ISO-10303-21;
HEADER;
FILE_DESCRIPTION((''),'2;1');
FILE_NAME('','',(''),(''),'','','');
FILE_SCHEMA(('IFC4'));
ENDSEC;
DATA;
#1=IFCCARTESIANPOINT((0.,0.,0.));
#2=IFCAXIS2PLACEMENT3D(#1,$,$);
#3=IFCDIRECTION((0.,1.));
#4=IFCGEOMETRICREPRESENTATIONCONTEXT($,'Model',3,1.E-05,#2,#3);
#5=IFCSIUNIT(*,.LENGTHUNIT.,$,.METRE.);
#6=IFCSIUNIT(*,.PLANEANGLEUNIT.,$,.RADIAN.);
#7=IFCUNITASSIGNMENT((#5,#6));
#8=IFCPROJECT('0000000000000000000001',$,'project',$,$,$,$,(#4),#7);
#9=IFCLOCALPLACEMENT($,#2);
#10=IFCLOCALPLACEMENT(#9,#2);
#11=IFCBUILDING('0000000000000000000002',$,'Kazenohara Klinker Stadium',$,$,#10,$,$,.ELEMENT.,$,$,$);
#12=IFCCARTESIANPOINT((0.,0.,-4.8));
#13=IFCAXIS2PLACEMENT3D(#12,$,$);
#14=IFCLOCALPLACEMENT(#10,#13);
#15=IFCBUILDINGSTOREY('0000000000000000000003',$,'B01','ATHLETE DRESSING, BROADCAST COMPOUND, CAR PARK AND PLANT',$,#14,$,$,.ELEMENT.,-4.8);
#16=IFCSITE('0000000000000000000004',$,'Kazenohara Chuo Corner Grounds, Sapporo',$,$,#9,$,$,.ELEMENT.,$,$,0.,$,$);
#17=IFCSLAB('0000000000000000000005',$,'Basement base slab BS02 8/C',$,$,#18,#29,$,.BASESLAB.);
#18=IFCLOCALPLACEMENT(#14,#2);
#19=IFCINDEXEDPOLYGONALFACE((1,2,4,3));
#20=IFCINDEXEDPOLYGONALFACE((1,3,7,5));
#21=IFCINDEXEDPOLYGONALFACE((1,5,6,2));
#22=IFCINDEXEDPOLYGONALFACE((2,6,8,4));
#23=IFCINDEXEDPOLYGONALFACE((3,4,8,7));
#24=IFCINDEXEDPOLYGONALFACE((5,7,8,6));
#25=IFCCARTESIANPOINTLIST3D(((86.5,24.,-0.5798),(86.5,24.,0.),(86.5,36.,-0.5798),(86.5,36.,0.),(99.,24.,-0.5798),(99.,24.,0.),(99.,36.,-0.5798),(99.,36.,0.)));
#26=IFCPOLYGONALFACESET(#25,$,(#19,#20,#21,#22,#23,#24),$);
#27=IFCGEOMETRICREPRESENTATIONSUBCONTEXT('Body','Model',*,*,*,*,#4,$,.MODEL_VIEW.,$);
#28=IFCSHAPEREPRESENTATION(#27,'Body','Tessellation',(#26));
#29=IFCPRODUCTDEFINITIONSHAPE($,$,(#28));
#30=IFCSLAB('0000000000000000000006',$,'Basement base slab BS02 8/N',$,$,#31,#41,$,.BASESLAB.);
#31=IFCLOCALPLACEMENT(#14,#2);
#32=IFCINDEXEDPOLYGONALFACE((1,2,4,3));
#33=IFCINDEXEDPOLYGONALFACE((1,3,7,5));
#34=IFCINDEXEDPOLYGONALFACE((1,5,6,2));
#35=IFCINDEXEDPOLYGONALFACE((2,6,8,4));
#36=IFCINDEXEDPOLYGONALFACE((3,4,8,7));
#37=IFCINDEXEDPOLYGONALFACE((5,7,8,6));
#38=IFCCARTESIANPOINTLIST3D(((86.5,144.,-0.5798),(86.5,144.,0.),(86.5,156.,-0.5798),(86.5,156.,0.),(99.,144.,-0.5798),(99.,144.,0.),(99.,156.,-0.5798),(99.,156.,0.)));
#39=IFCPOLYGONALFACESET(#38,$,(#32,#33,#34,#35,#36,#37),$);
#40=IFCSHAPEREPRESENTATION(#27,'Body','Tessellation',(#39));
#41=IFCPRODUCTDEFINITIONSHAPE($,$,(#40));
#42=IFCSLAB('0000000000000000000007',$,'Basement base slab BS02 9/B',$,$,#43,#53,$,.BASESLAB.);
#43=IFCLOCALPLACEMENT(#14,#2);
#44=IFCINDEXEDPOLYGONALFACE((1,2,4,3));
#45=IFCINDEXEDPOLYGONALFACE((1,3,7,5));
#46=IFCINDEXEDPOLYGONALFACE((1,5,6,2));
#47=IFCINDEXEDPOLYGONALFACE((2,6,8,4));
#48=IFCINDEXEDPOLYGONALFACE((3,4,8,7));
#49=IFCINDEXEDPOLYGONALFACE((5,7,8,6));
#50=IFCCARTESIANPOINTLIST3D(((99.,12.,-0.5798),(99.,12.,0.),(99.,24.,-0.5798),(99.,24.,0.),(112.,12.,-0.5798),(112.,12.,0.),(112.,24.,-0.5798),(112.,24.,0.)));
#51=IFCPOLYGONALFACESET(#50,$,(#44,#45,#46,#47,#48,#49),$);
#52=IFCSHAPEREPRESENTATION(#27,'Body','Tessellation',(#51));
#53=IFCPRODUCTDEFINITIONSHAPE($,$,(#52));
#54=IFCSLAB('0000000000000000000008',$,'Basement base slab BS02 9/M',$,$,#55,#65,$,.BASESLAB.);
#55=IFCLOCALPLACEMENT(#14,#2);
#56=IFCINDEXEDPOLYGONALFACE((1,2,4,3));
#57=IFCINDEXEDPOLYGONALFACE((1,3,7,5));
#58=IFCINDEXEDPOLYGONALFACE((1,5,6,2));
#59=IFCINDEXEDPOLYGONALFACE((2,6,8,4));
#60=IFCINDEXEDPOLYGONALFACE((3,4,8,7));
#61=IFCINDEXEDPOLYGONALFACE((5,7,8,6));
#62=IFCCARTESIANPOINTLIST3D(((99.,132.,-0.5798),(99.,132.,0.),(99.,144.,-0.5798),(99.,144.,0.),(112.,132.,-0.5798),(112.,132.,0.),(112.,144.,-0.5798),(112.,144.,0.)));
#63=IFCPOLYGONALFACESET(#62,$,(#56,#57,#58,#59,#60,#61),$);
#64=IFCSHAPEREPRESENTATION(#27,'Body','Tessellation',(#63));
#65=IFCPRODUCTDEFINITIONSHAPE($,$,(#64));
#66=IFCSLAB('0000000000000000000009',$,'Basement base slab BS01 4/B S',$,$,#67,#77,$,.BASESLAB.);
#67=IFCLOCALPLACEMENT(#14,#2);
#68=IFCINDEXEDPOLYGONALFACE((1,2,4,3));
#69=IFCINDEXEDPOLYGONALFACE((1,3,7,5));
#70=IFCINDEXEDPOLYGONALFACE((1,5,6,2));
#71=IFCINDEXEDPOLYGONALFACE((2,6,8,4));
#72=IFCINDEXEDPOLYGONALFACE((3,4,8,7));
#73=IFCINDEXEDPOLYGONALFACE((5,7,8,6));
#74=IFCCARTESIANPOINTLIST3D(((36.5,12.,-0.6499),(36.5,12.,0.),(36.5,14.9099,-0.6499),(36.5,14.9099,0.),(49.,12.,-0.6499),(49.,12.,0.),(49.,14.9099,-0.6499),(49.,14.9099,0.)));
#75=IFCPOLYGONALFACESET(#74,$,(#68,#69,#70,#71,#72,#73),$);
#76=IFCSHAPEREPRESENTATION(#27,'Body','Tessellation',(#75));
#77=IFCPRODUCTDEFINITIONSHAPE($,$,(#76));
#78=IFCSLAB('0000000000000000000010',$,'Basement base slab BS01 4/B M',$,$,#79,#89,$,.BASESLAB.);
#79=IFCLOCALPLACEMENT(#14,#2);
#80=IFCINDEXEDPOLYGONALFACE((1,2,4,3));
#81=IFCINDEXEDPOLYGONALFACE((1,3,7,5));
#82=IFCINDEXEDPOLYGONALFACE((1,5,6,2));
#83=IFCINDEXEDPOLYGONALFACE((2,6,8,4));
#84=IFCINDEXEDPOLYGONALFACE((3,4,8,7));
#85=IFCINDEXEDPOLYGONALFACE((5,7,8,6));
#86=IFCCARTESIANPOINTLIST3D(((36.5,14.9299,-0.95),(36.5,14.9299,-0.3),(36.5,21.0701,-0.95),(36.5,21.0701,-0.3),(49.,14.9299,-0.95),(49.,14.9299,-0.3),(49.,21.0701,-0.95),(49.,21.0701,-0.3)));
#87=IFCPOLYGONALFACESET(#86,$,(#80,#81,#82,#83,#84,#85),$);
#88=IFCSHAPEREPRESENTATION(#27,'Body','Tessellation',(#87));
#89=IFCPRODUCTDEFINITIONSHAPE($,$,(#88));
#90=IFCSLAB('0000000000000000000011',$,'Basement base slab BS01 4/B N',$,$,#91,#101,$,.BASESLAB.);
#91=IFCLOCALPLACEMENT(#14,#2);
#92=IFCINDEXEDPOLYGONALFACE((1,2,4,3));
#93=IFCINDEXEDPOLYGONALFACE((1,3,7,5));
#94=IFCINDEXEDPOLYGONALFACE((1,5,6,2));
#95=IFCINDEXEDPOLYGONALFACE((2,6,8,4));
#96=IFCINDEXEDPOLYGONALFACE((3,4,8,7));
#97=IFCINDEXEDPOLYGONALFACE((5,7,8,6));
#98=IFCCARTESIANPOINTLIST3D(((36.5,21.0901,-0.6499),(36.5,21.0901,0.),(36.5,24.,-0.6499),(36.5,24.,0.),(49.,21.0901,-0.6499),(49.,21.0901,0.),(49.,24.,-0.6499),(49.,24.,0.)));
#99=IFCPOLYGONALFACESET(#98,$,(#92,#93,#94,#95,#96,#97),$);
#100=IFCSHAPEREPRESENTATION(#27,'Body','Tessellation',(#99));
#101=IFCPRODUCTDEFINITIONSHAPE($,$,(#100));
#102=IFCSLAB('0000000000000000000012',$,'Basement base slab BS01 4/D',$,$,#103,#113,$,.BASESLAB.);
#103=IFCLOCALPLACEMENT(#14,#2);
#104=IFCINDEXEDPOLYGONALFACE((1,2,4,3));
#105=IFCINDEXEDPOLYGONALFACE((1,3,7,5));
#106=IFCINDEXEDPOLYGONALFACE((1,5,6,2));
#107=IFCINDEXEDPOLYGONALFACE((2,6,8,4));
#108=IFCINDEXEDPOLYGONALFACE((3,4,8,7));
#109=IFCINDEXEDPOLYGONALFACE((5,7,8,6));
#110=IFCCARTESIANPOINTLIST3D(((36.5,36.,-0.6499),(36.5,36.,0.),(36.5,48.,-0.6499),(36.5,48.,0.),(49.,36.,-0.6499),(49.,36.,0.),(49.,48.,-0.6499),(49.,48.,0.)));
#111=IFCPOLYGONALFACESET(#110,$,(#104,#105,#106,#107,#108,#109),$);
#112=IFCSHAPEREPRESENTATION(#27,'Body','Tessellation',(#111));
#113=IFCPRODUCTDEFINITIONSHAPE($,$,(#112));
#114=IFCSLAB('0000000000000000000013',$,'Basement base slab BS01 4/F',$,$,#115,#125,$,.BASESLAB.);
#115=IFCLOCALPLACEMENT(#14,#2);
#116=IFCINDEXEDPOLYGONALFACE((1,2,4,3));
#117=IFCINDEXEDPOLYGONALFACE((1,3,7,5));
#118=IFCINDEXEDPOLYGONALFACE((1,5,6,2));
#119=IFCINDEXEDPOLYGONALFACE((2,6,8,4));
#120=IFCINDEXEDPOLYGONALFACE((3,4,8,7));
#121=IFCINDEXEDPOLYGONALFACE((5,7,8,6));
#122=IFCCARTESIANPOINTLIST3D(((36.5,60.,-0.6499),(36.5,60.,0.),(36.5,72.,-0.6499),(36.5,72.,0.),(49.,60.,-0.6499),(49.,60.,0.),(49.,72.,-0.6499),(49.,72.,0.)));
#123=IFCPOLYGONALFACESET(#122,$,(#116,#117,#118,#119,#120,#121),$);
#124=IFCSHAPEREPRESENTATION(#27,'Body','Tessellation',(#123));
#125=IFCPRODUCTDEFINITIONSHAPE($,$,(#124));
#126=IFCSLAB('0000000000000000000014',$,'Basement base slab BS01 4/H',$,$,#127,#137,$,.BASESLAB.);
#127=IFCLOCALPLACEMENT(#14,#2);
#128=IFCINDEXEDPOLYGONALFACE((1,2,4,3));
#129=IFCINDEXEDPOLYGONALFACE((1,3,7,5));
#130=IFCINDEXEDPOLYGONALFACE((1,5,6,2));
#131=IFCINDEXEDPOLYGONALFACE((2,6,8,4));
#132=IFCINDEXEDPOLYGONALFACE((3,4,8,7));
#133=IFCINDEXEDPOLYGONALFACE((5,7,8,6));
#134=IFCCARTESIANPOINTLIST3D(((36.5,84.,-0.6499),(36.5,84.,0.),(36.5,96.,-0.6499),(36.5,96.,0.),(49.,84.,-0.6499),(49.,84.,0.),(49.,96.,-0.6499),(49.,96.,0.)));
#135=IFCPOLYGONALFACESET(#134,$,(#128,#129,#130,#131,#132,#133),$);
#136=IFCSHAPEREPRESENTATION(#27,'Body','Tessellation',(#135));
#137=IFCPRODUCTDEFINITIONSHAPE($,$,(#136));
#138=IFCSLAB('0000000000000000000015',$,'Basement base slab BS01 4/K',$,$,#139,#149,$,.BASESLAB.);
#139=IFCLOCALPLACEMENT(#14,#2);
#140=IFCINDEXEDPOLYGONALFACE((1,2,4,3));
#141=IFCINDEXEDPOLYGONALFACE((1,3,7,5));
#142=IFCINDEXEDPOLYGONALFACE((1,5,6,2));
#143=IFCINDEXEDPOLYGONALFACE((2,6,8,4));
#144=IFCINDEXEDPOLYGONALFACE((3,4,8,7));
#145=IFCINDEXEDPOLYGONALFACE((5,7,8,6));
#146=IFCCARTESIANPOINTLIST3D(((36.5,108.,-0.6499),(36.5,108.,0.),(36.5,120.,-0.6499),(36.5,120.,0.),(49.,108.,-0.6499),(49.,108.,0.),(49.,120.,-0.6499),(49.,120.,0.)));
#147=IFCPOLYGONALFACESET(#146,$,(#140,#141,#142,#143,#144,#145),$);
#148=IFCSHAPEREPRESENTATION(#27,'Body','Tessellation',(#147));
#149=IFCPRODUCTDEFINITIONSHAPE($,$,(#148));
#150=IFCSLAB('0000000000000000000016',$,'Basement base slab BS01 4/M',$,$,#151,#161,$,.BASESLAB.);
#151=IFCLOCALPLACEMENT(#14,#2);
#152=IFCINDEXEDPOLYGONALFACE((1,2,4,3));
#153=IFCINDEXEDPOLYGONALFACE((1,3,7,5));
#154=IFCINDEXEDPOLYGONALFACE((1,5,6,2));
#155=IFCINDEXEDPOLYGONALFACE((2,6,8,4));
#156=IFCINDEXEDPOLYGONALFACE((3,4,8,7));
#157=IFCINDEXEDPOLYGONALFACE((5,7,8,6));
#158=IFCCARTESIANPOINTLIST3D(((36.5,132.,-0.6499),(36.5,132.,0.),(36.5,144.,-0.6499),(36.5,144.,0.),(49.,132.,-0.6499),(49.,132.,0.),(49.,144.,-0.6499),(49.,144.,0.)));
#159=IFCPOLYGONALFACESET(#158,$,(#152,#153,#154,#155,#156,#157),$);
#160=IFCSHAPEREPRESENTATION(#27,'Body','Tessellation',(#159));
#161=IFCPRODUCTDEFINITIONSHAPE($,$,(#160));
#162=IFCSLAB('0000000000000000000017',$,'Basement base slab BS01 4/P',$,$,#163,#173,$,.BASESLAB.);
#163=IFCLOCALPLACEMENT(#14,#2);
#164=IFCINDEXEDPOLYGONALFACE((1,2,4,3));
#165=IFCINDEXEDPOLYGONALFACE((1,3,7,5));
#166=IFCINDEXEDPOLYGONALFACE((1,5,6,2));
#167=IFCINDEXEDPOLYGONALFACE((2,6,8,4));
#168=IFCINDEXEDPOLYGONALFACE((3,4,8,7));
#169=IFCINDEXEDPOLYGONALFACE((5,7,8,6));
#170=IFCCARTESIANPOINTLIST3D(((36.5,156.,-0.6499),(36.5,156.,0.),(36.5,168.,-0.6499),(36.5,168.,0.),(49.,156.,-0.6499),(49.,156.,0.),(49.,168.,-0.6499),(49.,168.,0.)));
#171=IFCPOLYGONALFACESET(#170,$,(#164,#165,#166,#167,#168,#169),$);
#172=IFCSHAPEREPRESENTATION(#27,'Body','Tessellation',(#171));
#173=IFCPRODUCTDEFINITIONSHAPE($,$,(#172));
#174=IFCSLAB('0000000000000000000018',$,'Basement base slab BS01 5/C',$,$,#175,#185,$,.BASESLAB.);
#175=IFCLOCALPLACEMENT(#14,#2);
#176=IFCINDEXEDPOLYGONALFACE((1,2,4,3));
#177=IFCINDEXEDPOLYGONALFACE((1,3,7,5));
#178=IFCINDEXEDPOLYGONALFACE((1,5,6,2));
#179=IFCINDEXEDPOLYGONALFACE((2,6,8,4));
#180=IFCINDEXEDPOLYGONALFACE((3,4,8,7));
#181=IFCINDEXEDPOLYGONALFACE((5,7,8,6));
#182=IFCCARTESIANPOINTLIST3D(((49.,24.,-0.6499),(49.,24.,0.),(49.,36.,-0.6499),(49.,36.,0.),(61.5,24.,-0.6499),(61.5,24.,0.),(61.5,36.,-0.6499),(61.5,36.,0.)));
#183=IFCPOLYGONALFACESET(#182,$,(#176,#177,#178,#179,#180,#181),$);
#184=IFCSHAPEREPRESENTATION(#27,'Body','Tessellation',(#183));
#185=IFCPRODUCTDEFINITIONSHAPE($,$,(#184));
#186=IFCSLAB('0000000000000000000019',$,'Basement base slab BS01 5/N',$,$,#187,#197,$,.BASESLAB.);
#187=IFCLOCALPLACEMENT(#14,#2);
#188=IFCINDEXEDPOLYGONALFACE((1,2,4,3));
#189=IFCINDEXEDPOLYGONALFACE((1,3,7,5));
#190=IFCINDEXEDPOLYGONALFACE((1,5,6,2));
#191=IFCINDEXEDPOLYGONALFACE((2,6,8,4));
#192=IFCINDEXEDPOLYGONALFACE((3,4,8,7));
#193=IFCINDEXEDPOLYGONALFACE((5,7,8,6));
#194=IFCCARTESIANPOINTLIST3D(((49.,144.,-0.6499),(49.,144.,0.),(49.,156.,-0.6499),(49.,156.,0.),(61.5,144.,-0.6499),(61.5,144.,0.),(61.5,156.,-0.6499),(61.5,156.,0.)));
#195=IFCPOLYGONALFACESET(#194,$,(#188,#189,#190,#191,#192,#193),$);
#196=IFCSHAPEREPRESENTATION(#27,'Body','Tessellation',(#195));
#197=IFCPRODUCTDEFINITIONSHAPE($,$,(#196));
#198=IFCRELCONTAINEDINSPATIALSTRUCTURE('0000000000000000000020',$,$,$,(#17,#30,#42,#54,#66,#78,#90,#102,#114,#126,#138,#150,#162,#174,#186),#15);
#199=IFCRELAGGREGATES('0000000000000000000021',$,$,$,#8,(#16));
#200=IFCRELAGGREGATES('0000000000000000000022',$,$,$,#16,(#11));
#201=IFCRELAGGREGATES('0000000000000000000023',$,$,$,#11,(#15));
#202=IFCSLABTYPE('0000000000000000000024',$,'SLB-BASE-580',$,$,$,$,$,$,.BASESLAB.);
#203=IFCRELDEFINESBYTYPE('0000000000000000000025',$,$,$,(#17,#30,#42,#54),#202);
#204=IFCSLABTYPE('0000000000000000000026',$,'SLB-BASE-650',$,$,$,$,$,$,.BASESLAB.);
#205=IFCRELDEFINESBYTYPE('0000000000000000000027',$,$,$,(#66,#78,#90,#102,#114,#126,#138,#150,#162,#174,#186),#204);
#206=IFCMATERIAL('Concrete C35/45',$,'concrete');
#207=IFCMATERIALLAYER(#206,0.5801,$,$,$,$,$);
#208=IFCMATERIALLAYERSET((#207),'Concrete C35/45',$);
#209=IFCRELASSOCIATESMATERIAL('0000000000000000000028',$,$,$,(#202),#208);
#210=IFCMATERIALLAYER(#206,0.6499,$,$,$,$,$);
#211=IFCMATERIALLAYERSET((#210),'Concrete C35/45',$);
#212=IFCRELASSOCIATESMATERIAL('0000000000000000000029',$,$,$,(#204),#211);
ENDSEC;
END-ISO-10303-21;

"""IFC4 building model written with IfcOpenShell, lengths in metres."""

from ifc_helpers import new_model, si_unit, direction, frame, origin, place, context, subcontext, project, spatial, polyline, outline, extrude, material, layer, layer_set, type_object, element, save


model = new_model("IFC4")

# Units and contexts
model_context = context("Model", 3, precision=1e-05, world=origin(), true_north=direction((0.0, 1.0)))
body_context = subcontext(model_context, "Body", "Model", "MODEL_VIEW")
ifc_project = project(units=[si_unit("LENGTHUNIT", "METRE"), si_unit("PLANEANGLEUNIT", "RADIAN")], contexts=[model_context])

# Site, building, storey
site_placement = place(None, origin())
site = spatial("IfcSite", under=ifc_project, at=site_placement, Name="Kazenohara Chuo Corner Grounds, Sapporo", CompositionType="ELEMENT", RefElevation=0.0)
building_placement = place(site_placement, origin())
building = spatial("IfcBuilding", under=site, at=building_placement, Name="Kazenohara Klinker Stadium", CompositionType="ELEMENT")
storey_placement = place(building_placement, frame((0.0, 0.0, -4.8)))
storey = spatial("IfcBuildingStorey", under=building, at=storey_placement, Name="B01", Description="ATHLETE DRESSING, BROADCAST COMPOUND, CAR PARK AND PLANT", CompositionType="ELEMENT", Elevation=-4.8)

# Slabs
ifc_material = material(Name="Concrete C35/45", Category="concrete")
ifc_layer_1 = layer(ifc_material, 0.5801)
ifc_layer_set_1 = layer_set([ifc_layer_1], Name="Concrete C35/45")
slab_type_1 = type_object("IfcSlabType", Name="SLB-BASE-580", PredefinedType="BASESLAB", material=ifc_layer_set_1)
slab_1_placement = place(storey_placement, frame((0.0, 0.0, -0.5798)))
element("IfcSlab", 1, at=slab_1_placement, inside=storey, type_object=slab_type_1, Name="Basement base slab BS02 8/C", PredefinedType="BASESLAB", context=body_context, shape_type="SweptSolid", body=[
    extrude(outline(polyline([(86.5, 24.0), (99.0, 24.0), (99.0, 36.0), (86.5, 36.0), (86.5, 24.0)])), origin(), (0.0, 0.0, 1.0), 0.5798),
])
slab_2_placement = place(storey_placement, frame((0.0, 0.0, -0.5798)))
element("IfcSlab", 2, at=slab_2_placement, inside=storey, type_object=slab_type_1, Name="Basement base slab BS02 8/N", PredefinedType="BASESLAB", context=body_context, shape_type="SweptSolid", body=[
    extrude(outline(polyline([(86.5, 144.0), (99.0, 144.0), (99.0, 156.0), (86.5, 156.0), (86.5, 144.0)])), origin(), (0.0, 0.0, 1.0), 0.5798),
])
slab_3_placement = place(storey_placement, frame((0.0, 0.0, -0.5798)))
element("IfcSlab", 3, at=slab_3_placement, inside=storey, type_object=slab_type_1, Name="Basement base slab BS02 9/B", PredefinedType="BASESLAB", context=body_context, shape_type="SweptSolid", body=[
    extrude(outline(polyline([(99.0, 12.0), (112.0, 12.0), (112.0, 24.0), (99.0, 24.0), (99.0, 12.0)])), origin(), (0.0, 0.0, 1.0), 0.5798),
])
slab_4_placement = place(storey_placement, frame((0.0, 0.0, -0.5798)))
element("IfcSlab", 4, at=slab_4_placement, inside=storey, type_object=slab_type_1, Name="Basement base slab BS02 9/M", PredefinedType="BASESLAB", context=body_context, shape_type="SweptSolid", body=[
    extrude(outline(polyline([(99.0, 132.0), (112.0, 132.0), (112.0, 144.0), (99.0, 144.0), (99.0, 132.0)])), origin(), (0.0, 0.0, 1.0), 0.5798),
])
ifc_layer_2 = layer(ifc_material, 0.6499)
ifc_layer_set_2 = layer_set([ifc_layer_2], Name="Concrete C35/45")
slab_type_2 = type_object("IfcSlabType", Name="SLB-BASE-650", PredefinedType="BASESLAB", material=ifc_layer_set_2)
slab_5_placement = place(storey_placement, frame((0.0, 0.0, -0.6499)))
element("IfcSlab", 5, at=slab_5_placement, inside=storey, type_object=slab_type_2, Name="Basement base slab BS01 4/B S", PredefinedType="BASESLAB", context=body_context, shape_type="SweptSolid", body=[
    extrude(outline(polyline([(36.5, 12.0), (49.0, 12.0), (49.0, 14.9099), (36.5, 14.9099), (36.5, 12.0)])), origin(), (0.0, 0.0, 1.0), 0.6499),
])
slab_6_placement = place(storey_placement, frame((0.0, 0.0, -0.95)))
element("IfcSlab", 6, at=slab_6_placement, inside=storey, type_object=slab_type_2, Name="Basement base slab BS01 4/B M", PredefinedType="BASESLAB", context=body_context, shape_type="SweptSolid", body=[
    extrude(outline(polyline([(36.5, 14.9299), (49.0, 14.9299), (49.0, 21.0701), (36.5, 21.0701), (36.5, 14.9299)])), origin(), (0.0, 0.0, 1.0), 0.6499),
])
slab_7_placement = place(storey_placement, frame((0.0, 0.0, -0.6499)))
element("IfcSlab", 7, at=slab_7_placement, inside=storey, type_object=slab_type_2, Name="Basement base slab BS01 4/B N", PredefinedType="BASESLAB", context=body_context, shape_type="SweptSolid", body=[
    extrude(outline(polyline([(36.5, 21.0901), (49.0, 21.0901), (49.0, 24.0), (36.5, 24.0), (36.5, 21.0901)])), origin(), (0.0, 0.0, 1.0), 0.6499),
])
slab_8_placement = place(storey_placement, frame((0.0, 0.0, -0.6499)))
element("IfcSlab", 8, at=slab_8_placement, inside=storey, type_object=slab_type_2, Name="Basement base slab BS01 4/D", PredefinedType="BASESLAB", context=body_context, shape_type="SweptSolid", body=[
    extrude(outline(polyline([(36.5, 36.0), (49.0, 36.0), (49.0, 48.0), (36.5, 48.0), (36.5, 36.0)])), origin(), (0.0, 0.0, 1.0), 0.6499),
])
slab_9_placement = place(storey_placement, frame((0.0, 0.0, -0.6499)))
element("IfcSlab", 9, at=slab_9_placement, inside=storey, type_object=slab_type_2, Name="Basement base slab BS01 4/F", PredefinedType="BASESLAB", context=body_context, shape_type="SweptSolid", body=[
    extrude(outline(polyline([(36.5, 60.0), (49.0, 60.0), (49.0, 72.0), (36.5, 72.0), (36.5, 60.0)])), origin(), (0.0, 0.0, 1.0), 0.6499),
])
slab_10_placement = place(storey_placement, frame((0.0, 0.0, -0.6499)))
element("IfcSlab", 10, at=slab_10_placement, inside=storey, type_object=slab_type_2, Name="Basement base slab BS01 4/H", PredefinedType="BASESLAB", context=body_context, shape_type="SweptSolid", body=[
    extrude(outline(polyline([(36.5, 84.0), (49.0, 84.0), (49.0, 96.0), (36.5, 96.0), (36.5, 84.0)])), origin(), (0.0, 0.0, 1.0), 0.6499),
])
slab_11_placement = place(storey_placement, frame((0.0, 0.0, -0.6499)))
element("IfcSlab", 11, at=slab_11_placement, inside=storey, type_object=slab_type_2, Name="Basement base slab BS01 4/K", PredefinedType="BASESLAB", context=body_context, shape_type="SweptSolid", body=[
    extrude(outline(polyline([(36.5, 108.0), (49.0, 108.0), (49.0, 120.0), (36.5, 120.0), (36.5, 108.0)])), origin(), (0.0, 0.0, 1.0), 0.6499),
])
slab_12_placement = place(storey_placement, frame((0.0, 0.0, -0.6499)))
element("IfcSlab", 12, at=slab_12_placement, inside=storey, type_object=slab_type_2, Name="Basement base slab BS01 4/M", PredefinedType="BASESLAB", context=body_context, shape_type="SweptSolid", body=[
    extrude(outline(polyline([(36.5, 132.0), (49.0, 132.0), (49.0, 144.0), (36.5, 144.0), (36.5, 132.0)])), origin(), (0.0, 0.0, 1.0), 0.6499),
])
slab_13_placement = place(storey_placement, frame((0.0, 0.0, -0.6499)))
element("IfcSlab", 13, at=slab_13_placement, inside=storey, type_object=slab_type_2, Name="Basement base slab BS01 4/P", PredefinedType="BASESLAB", context=body_context, shape_type="SweptSolid", body=[
    extrude(outline(polyline([(36.5, 156.0), (49.0, 156.0), (49.0, 168.0), (36.5, 168.0), (36.5, 156.0)])), origin(), (0.0, 0.0, 1.0), 0.6499),
])
slab_14_placement = place(storey_placement, frame((0.0, 0.0, -0.6499)))
element("IfcSlab", 14, at=slab_14_placement, inside=storey, type_object=slab_type_2, Name="Basement base slab BS01 5/C", PredefinedType="BASESLAB", context=body_context, shape_type="SweptSolid", body=[
    extrude(outline(polyline([(49.0, 24.0), (61.5, 24.0), (61.5, 36.0), (49.0, 36.0), (49.0, 24.0)])), origin(), (0.0, 0.0, 1.0), 0.6499),
])
slab_15_placement = place(storey_placement, frame((0.0, 0.0, -0.6499)))
element("IfcSlab", 15, at=slab_15_placement, inside=storey, type_object=slab_type_2, Name="Basement base slab BS01 5/N", PredefinedType="BASESLAB", context=body_context, shape_type="SweptSolid", body=[
    extrude(outline(polyline([(49.0, 144.0), (61.5, 144.0), (61.5, 156.0), (49.0, 156.0), (49.0, 144.0)])), origin(), (0.0, 0.0, 1.0), 0.6499),
])

save(model, "model.ifc")
